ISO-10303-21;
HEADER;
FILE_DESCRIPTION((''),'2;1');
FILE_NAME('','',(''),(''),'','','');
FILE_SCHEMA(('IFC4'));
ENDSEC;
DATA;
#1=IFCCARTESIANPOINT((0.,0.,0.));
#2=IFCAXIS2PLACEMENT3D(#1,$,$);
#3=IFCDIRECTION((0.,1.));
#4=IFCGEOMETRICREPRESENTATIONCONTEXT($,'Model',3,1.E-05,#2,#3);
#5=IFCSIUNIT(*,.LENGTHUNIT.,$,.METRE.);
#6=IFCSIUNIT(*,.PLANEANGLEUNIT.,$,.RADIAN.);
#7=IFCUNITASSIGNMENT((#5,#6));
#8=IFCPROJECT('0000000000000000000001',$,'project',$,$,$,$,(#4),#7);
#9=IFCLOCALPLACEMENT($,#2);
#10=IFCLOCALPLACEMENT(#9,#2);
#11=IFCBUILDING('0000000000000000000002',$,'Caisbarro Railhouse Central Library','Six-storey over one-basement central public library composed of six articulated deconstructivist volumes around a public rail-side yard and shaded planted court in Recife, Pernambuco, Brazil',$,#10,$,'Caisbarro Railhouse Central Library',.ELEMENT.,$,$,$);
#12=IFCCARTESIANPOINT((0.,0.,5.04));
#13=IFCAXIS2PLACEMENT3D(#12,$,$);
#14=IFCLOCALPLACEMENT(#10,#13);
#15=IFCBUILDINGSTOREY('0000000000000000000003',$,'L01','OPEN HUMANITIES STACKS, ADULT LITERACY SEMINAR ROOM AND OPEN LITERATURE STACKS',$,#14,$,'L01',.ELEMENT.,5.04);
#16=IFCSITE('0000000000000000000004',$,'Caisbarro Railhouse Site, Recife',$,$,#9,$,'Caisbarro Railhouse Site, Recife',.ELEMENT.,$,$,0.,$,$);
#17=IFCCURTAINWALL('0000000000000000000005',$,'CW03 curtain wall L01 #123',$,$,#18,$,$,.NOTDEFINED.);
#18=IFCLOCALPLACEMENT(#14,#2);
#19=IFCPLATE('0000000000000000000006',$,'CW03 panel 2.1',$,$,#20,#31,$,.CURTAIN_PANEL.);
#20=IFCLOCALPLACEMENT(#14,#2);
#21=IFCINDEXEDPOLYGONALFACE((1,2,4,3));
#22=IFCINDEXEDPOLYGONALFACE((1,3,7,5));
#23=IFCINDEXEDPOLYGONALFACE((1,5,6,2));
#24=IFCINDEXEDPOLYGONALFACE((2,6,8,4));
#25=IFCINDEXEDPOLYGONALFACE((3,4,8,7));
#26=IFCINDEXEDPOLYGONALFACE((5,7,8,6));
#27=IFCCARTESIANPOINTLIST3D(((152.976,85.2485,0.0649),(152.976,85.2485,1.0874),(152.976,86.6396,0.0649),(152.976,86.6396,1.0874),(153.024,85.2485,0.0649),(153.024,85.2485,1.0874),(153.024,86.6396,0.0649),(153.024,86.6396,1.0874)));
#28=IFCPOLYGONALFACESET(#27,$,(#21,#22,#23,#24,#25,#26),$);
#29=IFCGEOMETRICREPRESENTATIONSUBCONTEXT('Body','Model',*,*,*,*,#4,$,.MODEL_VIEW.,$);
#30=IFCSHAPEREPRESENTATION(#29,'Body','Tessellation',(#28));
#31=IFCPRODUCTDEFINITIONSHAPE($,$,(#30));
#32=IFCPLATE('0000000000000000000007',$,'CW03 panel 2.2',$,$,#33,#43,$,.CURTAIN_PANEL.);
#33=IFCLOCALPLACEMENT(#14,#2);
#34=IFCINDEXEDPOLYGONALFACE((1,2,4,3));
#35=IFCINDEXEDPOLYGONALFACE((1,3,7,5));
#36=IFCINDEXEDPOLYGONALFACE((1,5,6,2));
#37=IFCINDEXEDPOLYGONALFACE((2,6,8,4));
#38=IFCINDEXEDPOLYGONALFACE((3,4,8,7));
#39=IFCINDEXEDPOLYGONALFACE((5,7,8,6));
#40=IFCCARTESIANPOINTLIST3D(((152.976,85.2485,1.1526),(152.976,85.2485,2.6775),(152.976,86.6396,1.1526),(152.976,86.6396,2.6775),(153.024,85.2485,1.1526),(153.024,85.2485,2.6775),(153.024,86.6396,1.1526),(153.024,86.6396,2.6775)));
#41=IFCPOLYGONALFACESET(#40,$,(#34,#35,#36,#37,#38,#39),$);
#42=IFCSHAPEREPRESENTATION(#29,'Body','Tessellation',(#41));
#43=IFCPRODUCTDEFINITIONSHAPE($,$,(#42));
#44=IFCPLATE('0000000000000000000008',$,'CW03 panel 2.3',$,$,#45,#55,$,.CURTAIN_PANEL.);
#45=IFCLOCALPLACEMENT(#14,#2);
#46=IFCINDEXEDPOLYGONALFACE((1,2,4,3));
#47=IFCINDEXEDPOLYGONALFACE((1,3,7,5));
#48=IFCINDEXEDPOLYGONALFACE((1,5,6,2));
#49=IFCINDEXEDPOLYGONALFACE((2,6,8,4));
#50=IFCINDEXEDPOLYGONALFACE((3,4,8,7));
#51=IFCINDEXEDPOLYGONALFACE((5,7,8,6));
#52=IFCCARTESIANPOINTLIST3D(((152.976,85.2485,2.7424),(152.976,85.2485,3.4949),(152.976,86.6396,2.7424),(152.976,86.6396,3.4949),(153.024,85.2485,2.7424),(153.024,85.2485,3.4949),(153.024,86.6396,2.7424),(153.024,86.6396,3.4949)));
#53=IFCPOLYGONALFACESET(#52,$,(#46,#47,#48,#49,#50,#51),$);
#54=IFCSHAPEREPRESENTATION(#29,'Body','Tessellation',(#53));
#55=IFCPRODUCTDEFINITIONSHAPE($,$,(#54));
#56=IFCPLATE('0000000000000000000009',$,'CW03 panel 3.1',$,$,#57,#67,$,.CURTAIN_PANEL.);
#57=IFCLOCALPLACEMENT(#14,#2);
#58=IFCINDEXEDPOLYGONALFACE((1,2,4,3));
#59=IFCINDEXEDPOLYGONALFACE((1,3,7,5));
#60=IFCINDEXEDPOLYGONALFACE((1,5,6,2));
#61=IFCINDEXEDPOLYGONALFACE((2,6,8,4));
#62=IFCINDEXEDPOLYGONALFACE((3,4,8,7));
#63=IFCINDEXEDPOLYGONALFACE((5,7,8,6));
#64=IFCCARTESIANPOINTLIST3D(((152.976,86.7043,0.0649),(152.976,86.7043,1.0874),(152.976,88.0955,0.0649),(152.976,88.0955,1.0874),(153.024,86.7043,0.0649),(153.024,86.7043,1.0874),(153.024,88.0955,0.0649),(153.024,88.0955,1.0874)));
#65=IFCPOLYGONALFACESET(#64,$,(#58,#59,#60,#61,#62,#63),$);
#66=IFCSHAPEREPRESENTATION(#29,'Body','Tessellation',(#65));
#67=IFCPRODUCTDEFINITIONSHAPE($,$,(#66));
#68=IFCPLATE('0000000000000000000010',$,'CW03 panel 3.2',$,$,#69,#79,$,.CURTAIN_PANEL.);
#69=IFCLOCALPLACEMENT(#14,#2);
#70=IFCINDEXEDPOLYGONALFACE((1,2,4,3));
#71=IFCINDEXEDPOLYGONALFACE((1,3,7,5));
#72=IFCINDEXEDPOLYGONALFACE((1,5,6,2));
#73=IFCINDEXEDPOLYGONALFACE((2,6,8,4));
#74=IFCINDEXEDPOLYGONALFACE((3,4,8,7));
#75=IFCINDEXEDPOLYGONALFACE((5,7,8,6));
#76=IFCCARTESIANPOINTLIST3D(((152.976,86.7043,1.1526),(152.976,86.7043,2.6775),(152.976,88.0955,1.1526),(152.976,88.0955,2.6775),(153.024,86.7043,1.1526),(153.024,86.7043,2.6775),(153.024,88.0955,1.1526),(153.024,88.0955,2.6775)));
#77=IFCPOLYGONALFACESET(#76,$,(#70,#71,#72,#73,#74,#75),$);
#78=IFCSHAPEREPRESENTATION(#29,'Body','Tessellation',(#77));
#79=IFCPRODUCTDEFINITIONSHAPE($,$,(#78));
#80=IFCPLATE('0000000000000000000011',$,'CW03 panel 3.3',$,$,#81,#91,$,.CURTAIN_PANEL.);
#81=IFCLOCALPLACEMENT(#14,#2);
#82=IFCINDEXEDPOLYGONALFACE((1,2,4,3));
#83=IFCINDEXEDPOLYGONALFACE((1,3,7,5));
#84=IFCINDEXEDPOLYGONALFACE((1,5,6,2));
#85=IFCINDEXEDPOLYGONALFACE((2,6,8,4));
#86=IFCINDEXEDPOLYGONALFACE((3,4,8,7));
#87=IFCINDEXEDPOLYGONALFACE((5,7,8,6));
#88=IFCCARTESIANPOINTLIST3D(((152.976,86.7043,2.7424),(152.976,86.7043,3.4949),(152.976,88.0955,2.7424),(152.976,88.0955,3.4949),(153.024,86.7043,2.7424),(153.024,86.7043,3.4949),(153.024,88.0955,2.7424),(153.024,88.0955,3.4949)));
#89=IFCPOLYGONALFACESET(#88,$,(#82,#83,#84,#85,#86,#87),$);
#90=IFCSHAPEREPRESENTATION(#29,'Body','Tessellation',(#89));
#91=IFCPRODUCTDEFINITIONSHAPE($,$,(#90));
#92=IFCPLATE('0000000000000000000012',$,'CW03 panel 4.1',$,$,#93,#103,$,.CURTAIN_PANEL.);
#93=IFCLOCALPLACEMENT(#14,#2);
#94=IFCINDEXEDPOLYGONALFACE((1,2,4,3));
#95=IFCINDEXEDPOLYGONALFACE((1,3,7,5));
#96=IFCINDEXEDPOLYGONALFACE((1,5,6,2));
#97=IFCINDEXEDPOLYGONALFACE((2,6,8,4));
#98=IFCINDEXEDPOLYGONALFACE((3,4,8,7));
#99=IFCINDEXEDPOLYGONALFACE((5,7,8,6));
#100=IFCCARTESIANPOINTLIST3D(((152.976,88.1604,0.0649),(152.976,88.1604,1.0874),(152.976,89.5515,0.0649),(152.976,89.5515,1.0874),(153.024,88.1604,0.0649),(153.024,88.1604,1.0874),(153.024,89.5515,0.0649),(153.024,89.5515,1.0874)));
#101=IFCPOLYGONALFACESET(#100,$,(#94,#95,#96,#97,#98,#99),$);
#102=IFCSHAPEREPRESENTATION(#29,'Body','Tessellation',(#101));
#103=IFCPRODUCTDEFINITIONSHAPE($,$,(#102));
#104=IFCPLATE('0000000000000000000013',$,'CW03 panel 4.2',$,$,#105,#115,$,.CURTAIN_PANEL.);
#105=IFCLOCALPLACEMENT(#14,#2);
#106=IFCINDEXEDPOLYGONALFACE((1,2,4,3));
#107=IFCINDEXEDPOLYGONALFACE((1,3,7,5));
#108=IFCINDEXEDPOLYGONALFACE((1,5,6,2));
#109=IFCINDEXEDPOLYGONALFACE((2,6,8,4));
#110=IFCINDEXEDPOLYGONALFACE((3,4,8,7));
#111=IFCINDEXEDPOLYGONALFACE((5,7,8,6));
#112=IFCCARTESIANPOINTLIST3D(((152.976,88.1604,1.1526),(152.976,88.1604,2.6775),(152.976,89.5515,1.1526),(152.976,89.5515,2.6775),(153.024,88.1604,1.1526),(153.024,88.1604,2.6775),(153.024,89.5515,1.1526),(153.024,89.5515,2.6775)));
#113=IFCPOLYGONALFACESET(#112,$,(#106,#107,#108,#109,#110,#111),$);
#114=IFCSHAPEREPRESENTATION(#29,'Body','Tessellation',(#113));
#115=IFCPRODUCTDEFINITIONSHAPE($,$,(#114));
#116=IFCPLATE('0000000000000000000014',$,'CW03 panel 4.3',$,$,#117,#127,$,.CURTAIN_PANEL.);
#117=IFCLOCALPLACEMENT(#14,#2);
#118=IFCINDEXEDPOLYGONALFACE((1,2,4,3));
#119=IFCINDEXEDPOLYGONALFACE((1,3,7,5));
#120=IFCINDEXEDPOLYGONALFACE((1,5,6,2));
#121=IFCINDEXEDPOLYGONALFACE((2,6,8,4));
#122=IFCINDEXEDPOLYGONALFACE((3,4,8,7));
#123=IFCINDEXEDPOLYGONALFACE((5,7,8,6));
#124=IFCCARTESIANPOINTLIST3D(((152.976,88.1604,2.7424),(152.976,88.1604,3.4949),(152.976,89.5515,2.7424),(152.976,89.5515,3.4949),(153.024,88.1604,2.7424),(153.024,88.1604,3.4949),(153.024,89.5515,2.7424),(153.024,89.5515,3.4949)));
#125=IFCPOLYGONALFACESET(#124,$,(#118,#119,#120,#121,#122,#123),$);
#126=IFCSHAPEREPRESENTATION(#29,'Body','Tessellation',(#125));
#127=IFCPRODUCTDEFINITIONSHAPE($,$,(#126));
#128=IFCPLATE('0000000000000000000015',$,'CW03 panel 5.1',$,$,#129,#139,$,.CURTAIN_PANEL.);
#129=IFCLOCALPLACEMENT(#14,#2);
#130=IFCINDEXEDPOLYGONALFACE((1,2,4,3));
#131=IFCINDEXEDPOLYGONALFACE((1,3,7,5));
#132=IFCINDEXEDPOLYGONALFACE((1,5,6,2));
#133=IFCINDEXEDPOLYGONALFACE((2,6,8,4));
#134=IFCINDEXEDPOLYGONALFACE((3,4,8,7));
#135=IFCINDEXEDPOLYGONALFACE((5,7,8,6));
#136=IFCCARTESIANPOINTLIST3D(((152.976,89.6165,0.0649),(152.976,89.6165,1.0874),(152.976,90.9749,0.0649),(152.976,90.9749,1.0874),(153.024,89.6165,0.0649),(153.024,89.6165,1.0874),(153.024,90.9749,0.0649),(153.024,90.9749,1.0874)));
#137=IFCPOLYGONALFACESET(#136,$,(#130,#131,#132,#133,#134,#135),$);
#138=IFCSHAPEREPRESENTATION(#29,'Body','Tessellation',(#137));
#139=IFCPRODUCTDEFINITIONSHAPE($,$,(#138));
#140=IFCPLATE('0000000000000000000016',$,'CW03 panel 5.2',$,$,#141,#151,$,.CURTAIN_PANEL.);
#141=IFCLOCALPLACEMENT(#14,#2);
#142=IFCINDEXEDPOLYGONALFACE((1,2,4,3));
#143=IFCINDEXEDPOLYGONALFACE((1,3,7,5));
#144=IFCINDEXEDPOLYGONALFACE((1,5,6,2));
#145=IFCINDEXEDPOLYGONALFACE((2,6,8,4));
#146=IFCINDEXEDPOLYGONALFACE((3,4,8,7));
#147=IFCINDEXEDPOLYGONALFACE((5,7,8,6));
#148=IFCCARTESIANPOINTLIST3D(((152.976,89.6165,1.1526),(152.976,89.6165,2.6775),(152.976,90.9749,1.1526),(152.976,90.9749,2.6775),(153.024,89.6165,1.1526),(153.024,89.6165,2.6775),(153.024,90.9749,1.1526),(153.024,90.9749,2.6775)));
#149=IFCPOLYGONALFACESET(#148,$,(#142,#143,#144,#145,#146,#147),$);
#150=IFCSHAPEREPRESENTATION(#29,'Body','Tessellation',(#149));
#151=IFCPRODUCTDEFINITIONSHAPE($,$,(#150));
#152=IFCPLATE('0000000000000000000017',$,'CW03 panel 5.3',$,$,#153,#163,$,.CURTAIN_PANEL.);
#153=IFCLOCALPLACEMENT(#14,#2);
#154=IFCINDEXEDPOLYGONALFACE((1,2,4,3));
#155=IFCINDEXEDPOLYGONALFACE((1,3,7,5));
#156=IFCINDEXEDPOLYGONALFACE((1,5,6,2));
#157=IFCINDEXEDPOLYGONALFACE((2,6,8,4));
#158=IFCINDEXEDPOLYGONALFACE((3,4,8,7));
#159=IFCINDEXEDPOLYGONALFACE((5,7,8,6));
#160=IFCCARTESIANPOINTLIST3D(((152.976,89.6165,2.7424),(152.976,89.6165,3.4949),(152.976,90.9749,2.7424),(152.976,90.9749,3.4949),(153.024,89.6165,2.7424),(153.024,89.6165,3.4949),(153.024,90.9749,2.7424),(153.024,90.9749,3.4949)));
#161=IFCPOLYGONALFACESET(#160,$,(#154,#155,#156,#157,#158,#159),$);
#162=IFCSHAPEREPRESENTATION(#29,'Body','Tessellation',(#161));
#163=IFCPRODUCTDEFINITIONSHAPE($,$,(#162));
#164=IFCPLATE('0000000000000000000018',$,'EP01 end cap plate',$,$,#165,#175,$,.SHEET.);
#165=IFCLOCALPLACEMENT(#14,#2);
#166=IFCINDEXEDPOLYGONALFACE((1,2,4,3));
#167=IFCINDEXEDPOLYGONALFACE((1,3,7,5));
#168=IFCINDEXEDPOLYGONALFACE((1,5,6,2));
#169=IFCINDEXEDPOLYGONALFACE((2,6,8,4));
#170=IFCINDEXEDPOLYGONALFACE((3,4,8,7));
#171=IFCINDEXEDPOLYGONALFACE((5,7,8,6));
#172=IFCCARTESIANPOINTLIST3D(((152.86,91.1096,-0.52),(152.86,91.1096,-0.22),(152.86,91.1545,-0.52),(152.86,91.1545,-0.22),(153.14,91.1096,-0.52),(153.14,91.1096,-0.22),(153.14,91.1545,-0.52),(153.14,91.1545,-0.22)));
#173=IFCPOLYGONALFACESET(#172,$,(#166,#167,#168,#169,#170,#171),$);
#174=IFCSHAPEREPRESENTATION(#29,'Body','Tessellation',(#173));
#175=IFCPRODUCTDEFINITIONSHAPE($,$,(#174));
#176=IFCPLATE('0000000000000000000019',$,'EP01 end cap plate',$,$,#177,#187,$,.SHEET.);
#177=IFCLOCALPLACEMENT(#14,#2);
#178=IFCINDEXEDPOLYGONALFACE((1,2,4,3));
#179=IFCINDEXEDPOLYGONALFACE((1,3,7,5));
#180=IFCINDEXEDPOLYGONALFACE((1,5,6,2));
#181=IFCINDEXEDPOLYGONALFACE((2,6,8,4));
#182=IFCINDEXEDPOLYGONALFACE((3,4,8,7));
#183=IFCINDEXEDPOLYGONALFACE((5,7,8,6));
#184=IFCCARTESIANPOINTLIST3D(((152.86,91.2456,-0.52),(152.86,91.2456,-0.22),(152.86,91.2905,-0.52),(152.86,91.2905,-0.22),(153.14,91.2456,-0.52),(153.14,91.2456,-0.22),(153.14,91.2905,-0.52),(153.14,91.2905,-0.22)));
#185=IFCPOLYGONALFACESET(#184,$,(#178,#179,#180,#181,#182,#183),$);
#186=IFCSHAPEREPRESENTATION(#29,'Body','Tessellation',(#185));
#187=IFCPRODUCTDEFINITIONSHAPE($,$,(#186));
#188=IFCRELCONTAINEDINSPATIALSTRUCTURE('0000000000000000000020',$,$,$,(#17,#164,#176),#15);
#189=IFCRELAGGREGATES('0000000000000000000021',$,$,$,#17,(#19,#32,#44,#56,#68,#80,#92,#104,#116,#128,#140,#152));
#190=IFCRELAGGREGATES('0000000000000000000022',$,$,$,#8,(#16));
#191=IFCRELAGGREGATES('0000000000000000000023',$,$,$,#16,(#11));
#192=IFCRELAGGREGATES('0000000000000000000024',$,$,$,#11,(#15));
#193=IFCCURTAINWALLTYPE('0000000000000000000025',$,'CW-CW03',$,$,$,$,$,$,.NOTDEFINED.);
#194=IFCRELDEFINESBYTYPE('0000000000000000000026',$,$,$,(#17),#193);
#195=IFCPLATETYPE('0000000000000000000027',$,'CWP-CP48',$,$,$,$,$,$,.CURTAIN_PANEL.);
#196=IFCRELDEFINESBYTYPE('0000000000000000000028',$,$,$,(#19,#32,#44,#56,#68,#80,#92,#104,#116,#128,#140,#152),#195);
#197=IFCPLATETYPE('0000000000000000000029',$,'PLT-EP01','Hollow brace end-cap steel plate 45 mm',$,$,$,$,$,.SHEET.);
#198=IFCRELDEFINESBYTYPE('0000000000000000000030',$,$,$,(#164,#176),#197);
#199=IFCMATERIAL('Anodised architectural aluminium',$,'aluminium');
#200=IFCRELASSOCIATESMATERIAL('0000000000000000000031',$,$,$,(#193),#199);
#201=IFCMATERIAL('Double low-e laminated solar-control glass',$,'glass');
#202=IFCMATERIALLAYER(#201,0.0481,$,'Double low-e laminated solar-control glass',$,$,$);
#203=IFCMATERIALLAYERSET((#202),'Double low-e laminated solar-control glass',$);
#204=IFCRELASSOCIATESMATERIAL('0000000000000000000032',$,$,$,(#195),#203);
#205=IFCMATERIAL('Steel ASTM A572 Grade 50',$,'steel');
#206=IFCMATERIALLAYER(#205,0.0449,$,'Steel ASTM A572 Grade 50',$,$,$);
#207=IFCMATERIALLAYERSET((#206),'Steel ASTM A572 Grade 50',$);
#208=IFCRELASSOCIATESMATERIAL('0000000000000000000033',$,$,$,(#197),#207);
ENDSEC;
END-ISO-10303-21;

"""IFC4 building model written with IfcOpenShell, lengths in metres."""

from ifc_helpers import new_model, si_unit, direction, frame, origin, origin_2d, place, context, subcontext, project, spatial, rectangle, extrude, material, layer, layer_set, type_object, element, aggregate, save


model = new_model("IFC4")

# Units and contexts
model_context = context("Model", 3, precision=1e-05, world=origin(), true_north=direction((0.0, 1.0)))
body_context = subcontext(model_context, "Body", "Model", "MODEL_VIEW")
ifc_project = project(units=[si_unit("LENGTHUNIT", "METRE"), si_unit("PLANEANGLEUNIT", "RADIAN")], contexts=[model_context])

# Site, building, storey
site_placement = place(None, origin())
site = spatial("IfcSite", under=ifc_project, at=site_placement, Name="Caisbarro Railhouse Site, Recife", LongName="Caisbarro Railhouse Site, Recife", CompositionType="ELEMENT", RefElevation=0.0)
building_placement = place(site_placement, origin())
building = spatial("IfcBuilding", under=site, at=building_placement, Name="Caisbarro Railhouse Central Library", Description="Six-storey over one-basement central public library composed of six articulated deconstructivist volumes around a public rail-side yard and shaded planted court in Recife, Pernambuco, Brazil", LongName="Caisbarro Railhouse Central Library", CompositionType="ELEMENT")
storey_placement = place(building_placement, frame((0.0, 0.0, 5.04)))
storey = spatial("IfcBuildingStorey", under=building, at=storey_placement, Name="L01", Description="OPEN HUMANITIES STACKS, ADULT LITERACY SEMINAR ROOM AND OPEN LITERATURE STACKS", LongName="L01", CompositionType="ELEMENT", Elevation=5.04)

# Shared definitions
ifc_material_1 = material(Name="Steel ASTM A572 Grade 50", Category="steel")

# Curtain wall
ifc_material_2 = material(Name="Anodised architectural aluminium", Category="aluminium")
curtain_wall_type = type_object("IfcCurtainWallType", Name="CW-CW03", PredefinedType="NOTDEFINED", material=ifc_material_2)
curtain_wall_1_placement = place(storey_placement, origin())
curtain_wall_1 = element("IfcCurtainWall", 1, at=curtain_wall_1_placement, inside=storey, type_object=curtain_wall_type, Name="CW03 curtain wall L01 #123", PredefinedType="NOTDEFINED")

# Plates
ifc_material_3 = material(Name="Double low-e laminated solar-control glass", Category="glass")
ifc_layer_1 = layer(ifc_material_3, 0.0481, Name="Double low-e laminated solar-control glass")
ifc_layer_set_1 = layer_set([ifc_layer_1], Name="Double low-e laminated solar-control glass")
plate_type_1 = type_object("IfcPlateType", Name="CWP-CP48", PredefinedType="CURTAIN_PANEL", material=ifc_layer_set_1)
plate_1_placement = place(storey_placement, frame((153.0, 85.9441, 0.0649), z_axis=(0.0, 0.0, 1.0), x_axis=(0.0, 1.0, 0.0)))
plate_1 = element("IfcPlate", 2, at=plate_1_placement, type_object=plate_type_1, Name="CW03 panel 2.1", PredefinedType="CURTAIN_PANEL", context=body_context, shape_type="SweptSolid", body=[
    extrude(rectangle(XDim=1.3911, YDim=0.0481, at=origin_2d()), origin(), (0.0, 0.0, 1.0), 1.0225),
])
plate_2_placement = place(storey_placement, frame((153.0, 85.9441, 1.1526), z_axis=(0.0, 0.0, 1.0), x_axis=(0.0, 1.0, 0.0)))
plate_2 = element("IfcPlate", 3, at=plate_2_placement, type_object=plate_type_1, Name="CW03 panel 2.2", PredefinedType="CURTAIN_PANEL", context=body_context, shape_type="SweptSolid", body=[
    extrude(rectangle(XDim=1.3911, YDim=0.0481, at=origin_2d()), origin(), (0.0, 0.0, 1.0), 1.5249),
])
plate_3_placement = place(storey_placement, frame((153.0, 85.9441, 2.7424), z_axis=(0.0, 0.0, 1.0), x_axis=(0.0, 1.0, 0.0)))
plate_3 = element("IfcPlate", 4, at=plate_3_placement, type_object=plate_type_1, Name="CW03 panel 2.3", PredefinedType="CURTAIN_PANEL", context=body_context, shape_type="SweptSolid", body=[
    extrude(rectangle(XDim=1.3911, YDim=0.0481, at=origin_2d()), origin(), (0.0, 0.0, 1.0), 0.7524),
])
plate_4_placement = place(storey_placement, frame((153.0, 87.3999, 0.0649), z_axis=(0.0, 0.0, 1.0), x_axis=(0.0, 1.0, 0.0)))
plate_4 = element("IfcPlate", 5, at=plate_4_placement, type_object=plate_type_1, Name="CW03 panel 3.1", PredefinedType="CURTAIN_PANEL", context=body_context, shape_type="SweptSolid", body=[
    extrude(rectangle(XDim=1.3911, YDim=0.0481, at=origin_2d()), origin(), (0.0, 0.0, 1.0), 1.0225),
])
plate_5_placement = place(storey_placement, frame((153.0, 87.3999, 1.1526), z_axis=(0.0, 0.0, 1.0), x_axis=(0.0, 1.0, 0.0)))
plate_5 = element("IfcPlate", 6, at=plate_5_placement, type_object=plate_type_1, Name="CW03 panel 3.2", PredefinedType="CURTAIN_PANEL", context=body_context, shape_type="SweptSolid", body=[
    extrude(rectangle(XDim=1.3911, YDim=0.0481, at=origin_2d()), origin(), (0.0, 0.0, 1.0), 1.5249),
])
plate_6_placement = place(storey_placement, frame((153.0, 87.3999, 2.7424), z_axis=(0.0, 0.0, 1.0), x_axis=(0.0, 1.0, 0.0)))
plate_6 = element("IfcPlate", 7, at=plate_6_placement, type_object=plate_type_1, Name="CW03 panel 3.3", PredefinedType="CURTAIN_PANEL", context=body_context, shape_type="SweptSolid", body=[
    extrude(rectangle(XDim=1.3911, YDim=0.0481, at=origin_2d()), origin(), (0.0, 0.0, 1.0), 0.7524),
])
plate_7_placement = place(storey_placement, frame((153.0, 88.856, 0.0649), z_axis=(0.0, 0.0, 1.0), x_axis=(0.0, 1.0, 0.0)))
plate_7 = element("IfcPlate", 8, at=plate_7_placement, type_object=plate_type_1, Name="CW03 panel 4.1", PredefinedType="CURTAIN_PANEL", context=body_context, shape_type="SweptSolid", body=[
    extrude(rectangle(XDim=1.3911, YDim=0.0481, at=origin_2d()), origin(), (0.0, 0.0, 1.0), 1.0225),
])
plate_8_placement = place(storey_placement, frame((153.0, 88.856, 1.1526), z_axis=(0.0, 0.0, 1.0), x_axis=(0.0, 1.0, 0.0)))
plate_8 = element("IfcPlate", 9, at=plate_8_placement, type_object=plate_type_1, Name="CW03 panel 4.2", PredefinedType="CURTAIN_PANEL", context=body_context, shape_type="SweptSolid", body=[
    extrude(rectangle(XDim=1.3911, YDim=0.0481, at=origin_2d()), origin(), (0.0, 0.0, 1.0), 1.5249),
])
plate_9_placement = place(storey_placement, frame((153.0, 88.856, 2.7424), z_axis=(0.0, 0.0, 1.0), x_axis=(0.0, 1.0, 0.0)))
plate_9 = element("IfcPlate", 10, at=plate_9_placement, type_object=plate_type_1, Name="CW03 panel 4.3", PredefinedType="CURTAIN_PANEL", context=body_context, shape_type="SweptSolid", body=[
    extrude(rectangle(XDim=1.3911, YDim=0.0481, at=origin_2d()), origin(), (0.0, 0.0, 1.0), 0.7524),
])
plate_10_placement = place(storey_placement, frame((153.0, 90.2957, 0.0649), z_axis=(0.0, 0.0, 1.0), x_axis=(0.0, 1.0, 0.0)))
plate_10 = element("IfcPlate", 11, at=plate_10_placement, type_object=plate_type_1, Name="CW03 panel 5.1", PredefinedType="CURTAIN_PANEL", context=body_context, shape_type="SweptSolid", body=[
    extrude(rectangle(XDim=1.3584, YDim=0.0481, at=origin_2d()), origin(), (0.0, 0.0, 1.0), 1.0225),
])
plate_11_placement = place(storey_placement, frame((153.0, 90.2957, 1.1526), z_axis=(0.0, 0.0, 1.0), x_axis=(0.0, 1.0, 0.0)))
plate_11 = element("IfcPlate", 12, at=plate_11_placement, type_object=plate_type_1, Name="CW03 panel 5.2", PredefinedType="CURTAIN_PANEL", context=body_context, shape_type="SweptSolid", body=[
    extrude(rectangle(XDim=1.3584, YDim=0.0481, at=origin_2d()), origin(), (0.0, 0.0, 1.0), 1.5249),
])
plate_12_placement = place(storey_placement, frame((153.0, 90.2957, 2.7424), z_axis=(0.0, 0.0, 1.0), x_axis=(0.0, 1.0, 0.0)))
plate_12 = element("IfcPlate", 13, at=plate_12_placement, type_object=plate_type_1, Name="CW03 panel 5.3", PredefinedType="CURTAIN_PANEL", context=body_context, shape_type="SweptSolid", body=[
    extrude(rectangle(XDim=1.3584, YDim=0.0481, at=origin_2d()), origin(), (0.0, 0.0, 1.0), 0.7524),
])
aggregate(curtain_wall_1, [plate_1, plate_2, plate_3, plate_4, plate_5, plate_6, plate_7, plate_8, plate_9, plate_10, plate_11, plate_12])

# Plates
ifc_layer_2 = layer(ifc_material_1, 0.0449, Name="Steel ASTM A572 Grade 50")
ifc_layer_set_2 = layer_set([ifc_layer_2], Name="Steel ASTM A572 Grade 50")
plate_type_2 = type_object("IfcPlateType", Name="PLT-EP01", Description="Hollow brace end-cap steel plate 45 mm", PredefinedType="SHEET", material=ifc_layer_set_2)
for number, where, z_axis, x_axis, name in (
    (14, (153.0, 91.1321, -0.52), (0.0, 0.0, 1.0), (0.0, 1.0, 0.0), "EP01 end cap plate"),
    (15, (153.0, 91.2681, -0.52), (0.0, 0.0, 1.0), (0.0, 1.0, 0.0), "EP01 end cap plate"),
):
    element("IfcPlate", number, at=place(storey_placement, frame(where, z_axis=z_axis, x_axis=x_axis)), inside=storey, type_object=plate_type_2, Name=name, PredefinedType="SHEET", context=body_context, shape_type="SweptSolid", body=[
        extrude(rectangle(XDim=0.0449, YDim=0.28, at=origin_2d()), origin(), (0.0, 0.0, 1.0), 0.3),
    ])

save(model, "model.ifc")
